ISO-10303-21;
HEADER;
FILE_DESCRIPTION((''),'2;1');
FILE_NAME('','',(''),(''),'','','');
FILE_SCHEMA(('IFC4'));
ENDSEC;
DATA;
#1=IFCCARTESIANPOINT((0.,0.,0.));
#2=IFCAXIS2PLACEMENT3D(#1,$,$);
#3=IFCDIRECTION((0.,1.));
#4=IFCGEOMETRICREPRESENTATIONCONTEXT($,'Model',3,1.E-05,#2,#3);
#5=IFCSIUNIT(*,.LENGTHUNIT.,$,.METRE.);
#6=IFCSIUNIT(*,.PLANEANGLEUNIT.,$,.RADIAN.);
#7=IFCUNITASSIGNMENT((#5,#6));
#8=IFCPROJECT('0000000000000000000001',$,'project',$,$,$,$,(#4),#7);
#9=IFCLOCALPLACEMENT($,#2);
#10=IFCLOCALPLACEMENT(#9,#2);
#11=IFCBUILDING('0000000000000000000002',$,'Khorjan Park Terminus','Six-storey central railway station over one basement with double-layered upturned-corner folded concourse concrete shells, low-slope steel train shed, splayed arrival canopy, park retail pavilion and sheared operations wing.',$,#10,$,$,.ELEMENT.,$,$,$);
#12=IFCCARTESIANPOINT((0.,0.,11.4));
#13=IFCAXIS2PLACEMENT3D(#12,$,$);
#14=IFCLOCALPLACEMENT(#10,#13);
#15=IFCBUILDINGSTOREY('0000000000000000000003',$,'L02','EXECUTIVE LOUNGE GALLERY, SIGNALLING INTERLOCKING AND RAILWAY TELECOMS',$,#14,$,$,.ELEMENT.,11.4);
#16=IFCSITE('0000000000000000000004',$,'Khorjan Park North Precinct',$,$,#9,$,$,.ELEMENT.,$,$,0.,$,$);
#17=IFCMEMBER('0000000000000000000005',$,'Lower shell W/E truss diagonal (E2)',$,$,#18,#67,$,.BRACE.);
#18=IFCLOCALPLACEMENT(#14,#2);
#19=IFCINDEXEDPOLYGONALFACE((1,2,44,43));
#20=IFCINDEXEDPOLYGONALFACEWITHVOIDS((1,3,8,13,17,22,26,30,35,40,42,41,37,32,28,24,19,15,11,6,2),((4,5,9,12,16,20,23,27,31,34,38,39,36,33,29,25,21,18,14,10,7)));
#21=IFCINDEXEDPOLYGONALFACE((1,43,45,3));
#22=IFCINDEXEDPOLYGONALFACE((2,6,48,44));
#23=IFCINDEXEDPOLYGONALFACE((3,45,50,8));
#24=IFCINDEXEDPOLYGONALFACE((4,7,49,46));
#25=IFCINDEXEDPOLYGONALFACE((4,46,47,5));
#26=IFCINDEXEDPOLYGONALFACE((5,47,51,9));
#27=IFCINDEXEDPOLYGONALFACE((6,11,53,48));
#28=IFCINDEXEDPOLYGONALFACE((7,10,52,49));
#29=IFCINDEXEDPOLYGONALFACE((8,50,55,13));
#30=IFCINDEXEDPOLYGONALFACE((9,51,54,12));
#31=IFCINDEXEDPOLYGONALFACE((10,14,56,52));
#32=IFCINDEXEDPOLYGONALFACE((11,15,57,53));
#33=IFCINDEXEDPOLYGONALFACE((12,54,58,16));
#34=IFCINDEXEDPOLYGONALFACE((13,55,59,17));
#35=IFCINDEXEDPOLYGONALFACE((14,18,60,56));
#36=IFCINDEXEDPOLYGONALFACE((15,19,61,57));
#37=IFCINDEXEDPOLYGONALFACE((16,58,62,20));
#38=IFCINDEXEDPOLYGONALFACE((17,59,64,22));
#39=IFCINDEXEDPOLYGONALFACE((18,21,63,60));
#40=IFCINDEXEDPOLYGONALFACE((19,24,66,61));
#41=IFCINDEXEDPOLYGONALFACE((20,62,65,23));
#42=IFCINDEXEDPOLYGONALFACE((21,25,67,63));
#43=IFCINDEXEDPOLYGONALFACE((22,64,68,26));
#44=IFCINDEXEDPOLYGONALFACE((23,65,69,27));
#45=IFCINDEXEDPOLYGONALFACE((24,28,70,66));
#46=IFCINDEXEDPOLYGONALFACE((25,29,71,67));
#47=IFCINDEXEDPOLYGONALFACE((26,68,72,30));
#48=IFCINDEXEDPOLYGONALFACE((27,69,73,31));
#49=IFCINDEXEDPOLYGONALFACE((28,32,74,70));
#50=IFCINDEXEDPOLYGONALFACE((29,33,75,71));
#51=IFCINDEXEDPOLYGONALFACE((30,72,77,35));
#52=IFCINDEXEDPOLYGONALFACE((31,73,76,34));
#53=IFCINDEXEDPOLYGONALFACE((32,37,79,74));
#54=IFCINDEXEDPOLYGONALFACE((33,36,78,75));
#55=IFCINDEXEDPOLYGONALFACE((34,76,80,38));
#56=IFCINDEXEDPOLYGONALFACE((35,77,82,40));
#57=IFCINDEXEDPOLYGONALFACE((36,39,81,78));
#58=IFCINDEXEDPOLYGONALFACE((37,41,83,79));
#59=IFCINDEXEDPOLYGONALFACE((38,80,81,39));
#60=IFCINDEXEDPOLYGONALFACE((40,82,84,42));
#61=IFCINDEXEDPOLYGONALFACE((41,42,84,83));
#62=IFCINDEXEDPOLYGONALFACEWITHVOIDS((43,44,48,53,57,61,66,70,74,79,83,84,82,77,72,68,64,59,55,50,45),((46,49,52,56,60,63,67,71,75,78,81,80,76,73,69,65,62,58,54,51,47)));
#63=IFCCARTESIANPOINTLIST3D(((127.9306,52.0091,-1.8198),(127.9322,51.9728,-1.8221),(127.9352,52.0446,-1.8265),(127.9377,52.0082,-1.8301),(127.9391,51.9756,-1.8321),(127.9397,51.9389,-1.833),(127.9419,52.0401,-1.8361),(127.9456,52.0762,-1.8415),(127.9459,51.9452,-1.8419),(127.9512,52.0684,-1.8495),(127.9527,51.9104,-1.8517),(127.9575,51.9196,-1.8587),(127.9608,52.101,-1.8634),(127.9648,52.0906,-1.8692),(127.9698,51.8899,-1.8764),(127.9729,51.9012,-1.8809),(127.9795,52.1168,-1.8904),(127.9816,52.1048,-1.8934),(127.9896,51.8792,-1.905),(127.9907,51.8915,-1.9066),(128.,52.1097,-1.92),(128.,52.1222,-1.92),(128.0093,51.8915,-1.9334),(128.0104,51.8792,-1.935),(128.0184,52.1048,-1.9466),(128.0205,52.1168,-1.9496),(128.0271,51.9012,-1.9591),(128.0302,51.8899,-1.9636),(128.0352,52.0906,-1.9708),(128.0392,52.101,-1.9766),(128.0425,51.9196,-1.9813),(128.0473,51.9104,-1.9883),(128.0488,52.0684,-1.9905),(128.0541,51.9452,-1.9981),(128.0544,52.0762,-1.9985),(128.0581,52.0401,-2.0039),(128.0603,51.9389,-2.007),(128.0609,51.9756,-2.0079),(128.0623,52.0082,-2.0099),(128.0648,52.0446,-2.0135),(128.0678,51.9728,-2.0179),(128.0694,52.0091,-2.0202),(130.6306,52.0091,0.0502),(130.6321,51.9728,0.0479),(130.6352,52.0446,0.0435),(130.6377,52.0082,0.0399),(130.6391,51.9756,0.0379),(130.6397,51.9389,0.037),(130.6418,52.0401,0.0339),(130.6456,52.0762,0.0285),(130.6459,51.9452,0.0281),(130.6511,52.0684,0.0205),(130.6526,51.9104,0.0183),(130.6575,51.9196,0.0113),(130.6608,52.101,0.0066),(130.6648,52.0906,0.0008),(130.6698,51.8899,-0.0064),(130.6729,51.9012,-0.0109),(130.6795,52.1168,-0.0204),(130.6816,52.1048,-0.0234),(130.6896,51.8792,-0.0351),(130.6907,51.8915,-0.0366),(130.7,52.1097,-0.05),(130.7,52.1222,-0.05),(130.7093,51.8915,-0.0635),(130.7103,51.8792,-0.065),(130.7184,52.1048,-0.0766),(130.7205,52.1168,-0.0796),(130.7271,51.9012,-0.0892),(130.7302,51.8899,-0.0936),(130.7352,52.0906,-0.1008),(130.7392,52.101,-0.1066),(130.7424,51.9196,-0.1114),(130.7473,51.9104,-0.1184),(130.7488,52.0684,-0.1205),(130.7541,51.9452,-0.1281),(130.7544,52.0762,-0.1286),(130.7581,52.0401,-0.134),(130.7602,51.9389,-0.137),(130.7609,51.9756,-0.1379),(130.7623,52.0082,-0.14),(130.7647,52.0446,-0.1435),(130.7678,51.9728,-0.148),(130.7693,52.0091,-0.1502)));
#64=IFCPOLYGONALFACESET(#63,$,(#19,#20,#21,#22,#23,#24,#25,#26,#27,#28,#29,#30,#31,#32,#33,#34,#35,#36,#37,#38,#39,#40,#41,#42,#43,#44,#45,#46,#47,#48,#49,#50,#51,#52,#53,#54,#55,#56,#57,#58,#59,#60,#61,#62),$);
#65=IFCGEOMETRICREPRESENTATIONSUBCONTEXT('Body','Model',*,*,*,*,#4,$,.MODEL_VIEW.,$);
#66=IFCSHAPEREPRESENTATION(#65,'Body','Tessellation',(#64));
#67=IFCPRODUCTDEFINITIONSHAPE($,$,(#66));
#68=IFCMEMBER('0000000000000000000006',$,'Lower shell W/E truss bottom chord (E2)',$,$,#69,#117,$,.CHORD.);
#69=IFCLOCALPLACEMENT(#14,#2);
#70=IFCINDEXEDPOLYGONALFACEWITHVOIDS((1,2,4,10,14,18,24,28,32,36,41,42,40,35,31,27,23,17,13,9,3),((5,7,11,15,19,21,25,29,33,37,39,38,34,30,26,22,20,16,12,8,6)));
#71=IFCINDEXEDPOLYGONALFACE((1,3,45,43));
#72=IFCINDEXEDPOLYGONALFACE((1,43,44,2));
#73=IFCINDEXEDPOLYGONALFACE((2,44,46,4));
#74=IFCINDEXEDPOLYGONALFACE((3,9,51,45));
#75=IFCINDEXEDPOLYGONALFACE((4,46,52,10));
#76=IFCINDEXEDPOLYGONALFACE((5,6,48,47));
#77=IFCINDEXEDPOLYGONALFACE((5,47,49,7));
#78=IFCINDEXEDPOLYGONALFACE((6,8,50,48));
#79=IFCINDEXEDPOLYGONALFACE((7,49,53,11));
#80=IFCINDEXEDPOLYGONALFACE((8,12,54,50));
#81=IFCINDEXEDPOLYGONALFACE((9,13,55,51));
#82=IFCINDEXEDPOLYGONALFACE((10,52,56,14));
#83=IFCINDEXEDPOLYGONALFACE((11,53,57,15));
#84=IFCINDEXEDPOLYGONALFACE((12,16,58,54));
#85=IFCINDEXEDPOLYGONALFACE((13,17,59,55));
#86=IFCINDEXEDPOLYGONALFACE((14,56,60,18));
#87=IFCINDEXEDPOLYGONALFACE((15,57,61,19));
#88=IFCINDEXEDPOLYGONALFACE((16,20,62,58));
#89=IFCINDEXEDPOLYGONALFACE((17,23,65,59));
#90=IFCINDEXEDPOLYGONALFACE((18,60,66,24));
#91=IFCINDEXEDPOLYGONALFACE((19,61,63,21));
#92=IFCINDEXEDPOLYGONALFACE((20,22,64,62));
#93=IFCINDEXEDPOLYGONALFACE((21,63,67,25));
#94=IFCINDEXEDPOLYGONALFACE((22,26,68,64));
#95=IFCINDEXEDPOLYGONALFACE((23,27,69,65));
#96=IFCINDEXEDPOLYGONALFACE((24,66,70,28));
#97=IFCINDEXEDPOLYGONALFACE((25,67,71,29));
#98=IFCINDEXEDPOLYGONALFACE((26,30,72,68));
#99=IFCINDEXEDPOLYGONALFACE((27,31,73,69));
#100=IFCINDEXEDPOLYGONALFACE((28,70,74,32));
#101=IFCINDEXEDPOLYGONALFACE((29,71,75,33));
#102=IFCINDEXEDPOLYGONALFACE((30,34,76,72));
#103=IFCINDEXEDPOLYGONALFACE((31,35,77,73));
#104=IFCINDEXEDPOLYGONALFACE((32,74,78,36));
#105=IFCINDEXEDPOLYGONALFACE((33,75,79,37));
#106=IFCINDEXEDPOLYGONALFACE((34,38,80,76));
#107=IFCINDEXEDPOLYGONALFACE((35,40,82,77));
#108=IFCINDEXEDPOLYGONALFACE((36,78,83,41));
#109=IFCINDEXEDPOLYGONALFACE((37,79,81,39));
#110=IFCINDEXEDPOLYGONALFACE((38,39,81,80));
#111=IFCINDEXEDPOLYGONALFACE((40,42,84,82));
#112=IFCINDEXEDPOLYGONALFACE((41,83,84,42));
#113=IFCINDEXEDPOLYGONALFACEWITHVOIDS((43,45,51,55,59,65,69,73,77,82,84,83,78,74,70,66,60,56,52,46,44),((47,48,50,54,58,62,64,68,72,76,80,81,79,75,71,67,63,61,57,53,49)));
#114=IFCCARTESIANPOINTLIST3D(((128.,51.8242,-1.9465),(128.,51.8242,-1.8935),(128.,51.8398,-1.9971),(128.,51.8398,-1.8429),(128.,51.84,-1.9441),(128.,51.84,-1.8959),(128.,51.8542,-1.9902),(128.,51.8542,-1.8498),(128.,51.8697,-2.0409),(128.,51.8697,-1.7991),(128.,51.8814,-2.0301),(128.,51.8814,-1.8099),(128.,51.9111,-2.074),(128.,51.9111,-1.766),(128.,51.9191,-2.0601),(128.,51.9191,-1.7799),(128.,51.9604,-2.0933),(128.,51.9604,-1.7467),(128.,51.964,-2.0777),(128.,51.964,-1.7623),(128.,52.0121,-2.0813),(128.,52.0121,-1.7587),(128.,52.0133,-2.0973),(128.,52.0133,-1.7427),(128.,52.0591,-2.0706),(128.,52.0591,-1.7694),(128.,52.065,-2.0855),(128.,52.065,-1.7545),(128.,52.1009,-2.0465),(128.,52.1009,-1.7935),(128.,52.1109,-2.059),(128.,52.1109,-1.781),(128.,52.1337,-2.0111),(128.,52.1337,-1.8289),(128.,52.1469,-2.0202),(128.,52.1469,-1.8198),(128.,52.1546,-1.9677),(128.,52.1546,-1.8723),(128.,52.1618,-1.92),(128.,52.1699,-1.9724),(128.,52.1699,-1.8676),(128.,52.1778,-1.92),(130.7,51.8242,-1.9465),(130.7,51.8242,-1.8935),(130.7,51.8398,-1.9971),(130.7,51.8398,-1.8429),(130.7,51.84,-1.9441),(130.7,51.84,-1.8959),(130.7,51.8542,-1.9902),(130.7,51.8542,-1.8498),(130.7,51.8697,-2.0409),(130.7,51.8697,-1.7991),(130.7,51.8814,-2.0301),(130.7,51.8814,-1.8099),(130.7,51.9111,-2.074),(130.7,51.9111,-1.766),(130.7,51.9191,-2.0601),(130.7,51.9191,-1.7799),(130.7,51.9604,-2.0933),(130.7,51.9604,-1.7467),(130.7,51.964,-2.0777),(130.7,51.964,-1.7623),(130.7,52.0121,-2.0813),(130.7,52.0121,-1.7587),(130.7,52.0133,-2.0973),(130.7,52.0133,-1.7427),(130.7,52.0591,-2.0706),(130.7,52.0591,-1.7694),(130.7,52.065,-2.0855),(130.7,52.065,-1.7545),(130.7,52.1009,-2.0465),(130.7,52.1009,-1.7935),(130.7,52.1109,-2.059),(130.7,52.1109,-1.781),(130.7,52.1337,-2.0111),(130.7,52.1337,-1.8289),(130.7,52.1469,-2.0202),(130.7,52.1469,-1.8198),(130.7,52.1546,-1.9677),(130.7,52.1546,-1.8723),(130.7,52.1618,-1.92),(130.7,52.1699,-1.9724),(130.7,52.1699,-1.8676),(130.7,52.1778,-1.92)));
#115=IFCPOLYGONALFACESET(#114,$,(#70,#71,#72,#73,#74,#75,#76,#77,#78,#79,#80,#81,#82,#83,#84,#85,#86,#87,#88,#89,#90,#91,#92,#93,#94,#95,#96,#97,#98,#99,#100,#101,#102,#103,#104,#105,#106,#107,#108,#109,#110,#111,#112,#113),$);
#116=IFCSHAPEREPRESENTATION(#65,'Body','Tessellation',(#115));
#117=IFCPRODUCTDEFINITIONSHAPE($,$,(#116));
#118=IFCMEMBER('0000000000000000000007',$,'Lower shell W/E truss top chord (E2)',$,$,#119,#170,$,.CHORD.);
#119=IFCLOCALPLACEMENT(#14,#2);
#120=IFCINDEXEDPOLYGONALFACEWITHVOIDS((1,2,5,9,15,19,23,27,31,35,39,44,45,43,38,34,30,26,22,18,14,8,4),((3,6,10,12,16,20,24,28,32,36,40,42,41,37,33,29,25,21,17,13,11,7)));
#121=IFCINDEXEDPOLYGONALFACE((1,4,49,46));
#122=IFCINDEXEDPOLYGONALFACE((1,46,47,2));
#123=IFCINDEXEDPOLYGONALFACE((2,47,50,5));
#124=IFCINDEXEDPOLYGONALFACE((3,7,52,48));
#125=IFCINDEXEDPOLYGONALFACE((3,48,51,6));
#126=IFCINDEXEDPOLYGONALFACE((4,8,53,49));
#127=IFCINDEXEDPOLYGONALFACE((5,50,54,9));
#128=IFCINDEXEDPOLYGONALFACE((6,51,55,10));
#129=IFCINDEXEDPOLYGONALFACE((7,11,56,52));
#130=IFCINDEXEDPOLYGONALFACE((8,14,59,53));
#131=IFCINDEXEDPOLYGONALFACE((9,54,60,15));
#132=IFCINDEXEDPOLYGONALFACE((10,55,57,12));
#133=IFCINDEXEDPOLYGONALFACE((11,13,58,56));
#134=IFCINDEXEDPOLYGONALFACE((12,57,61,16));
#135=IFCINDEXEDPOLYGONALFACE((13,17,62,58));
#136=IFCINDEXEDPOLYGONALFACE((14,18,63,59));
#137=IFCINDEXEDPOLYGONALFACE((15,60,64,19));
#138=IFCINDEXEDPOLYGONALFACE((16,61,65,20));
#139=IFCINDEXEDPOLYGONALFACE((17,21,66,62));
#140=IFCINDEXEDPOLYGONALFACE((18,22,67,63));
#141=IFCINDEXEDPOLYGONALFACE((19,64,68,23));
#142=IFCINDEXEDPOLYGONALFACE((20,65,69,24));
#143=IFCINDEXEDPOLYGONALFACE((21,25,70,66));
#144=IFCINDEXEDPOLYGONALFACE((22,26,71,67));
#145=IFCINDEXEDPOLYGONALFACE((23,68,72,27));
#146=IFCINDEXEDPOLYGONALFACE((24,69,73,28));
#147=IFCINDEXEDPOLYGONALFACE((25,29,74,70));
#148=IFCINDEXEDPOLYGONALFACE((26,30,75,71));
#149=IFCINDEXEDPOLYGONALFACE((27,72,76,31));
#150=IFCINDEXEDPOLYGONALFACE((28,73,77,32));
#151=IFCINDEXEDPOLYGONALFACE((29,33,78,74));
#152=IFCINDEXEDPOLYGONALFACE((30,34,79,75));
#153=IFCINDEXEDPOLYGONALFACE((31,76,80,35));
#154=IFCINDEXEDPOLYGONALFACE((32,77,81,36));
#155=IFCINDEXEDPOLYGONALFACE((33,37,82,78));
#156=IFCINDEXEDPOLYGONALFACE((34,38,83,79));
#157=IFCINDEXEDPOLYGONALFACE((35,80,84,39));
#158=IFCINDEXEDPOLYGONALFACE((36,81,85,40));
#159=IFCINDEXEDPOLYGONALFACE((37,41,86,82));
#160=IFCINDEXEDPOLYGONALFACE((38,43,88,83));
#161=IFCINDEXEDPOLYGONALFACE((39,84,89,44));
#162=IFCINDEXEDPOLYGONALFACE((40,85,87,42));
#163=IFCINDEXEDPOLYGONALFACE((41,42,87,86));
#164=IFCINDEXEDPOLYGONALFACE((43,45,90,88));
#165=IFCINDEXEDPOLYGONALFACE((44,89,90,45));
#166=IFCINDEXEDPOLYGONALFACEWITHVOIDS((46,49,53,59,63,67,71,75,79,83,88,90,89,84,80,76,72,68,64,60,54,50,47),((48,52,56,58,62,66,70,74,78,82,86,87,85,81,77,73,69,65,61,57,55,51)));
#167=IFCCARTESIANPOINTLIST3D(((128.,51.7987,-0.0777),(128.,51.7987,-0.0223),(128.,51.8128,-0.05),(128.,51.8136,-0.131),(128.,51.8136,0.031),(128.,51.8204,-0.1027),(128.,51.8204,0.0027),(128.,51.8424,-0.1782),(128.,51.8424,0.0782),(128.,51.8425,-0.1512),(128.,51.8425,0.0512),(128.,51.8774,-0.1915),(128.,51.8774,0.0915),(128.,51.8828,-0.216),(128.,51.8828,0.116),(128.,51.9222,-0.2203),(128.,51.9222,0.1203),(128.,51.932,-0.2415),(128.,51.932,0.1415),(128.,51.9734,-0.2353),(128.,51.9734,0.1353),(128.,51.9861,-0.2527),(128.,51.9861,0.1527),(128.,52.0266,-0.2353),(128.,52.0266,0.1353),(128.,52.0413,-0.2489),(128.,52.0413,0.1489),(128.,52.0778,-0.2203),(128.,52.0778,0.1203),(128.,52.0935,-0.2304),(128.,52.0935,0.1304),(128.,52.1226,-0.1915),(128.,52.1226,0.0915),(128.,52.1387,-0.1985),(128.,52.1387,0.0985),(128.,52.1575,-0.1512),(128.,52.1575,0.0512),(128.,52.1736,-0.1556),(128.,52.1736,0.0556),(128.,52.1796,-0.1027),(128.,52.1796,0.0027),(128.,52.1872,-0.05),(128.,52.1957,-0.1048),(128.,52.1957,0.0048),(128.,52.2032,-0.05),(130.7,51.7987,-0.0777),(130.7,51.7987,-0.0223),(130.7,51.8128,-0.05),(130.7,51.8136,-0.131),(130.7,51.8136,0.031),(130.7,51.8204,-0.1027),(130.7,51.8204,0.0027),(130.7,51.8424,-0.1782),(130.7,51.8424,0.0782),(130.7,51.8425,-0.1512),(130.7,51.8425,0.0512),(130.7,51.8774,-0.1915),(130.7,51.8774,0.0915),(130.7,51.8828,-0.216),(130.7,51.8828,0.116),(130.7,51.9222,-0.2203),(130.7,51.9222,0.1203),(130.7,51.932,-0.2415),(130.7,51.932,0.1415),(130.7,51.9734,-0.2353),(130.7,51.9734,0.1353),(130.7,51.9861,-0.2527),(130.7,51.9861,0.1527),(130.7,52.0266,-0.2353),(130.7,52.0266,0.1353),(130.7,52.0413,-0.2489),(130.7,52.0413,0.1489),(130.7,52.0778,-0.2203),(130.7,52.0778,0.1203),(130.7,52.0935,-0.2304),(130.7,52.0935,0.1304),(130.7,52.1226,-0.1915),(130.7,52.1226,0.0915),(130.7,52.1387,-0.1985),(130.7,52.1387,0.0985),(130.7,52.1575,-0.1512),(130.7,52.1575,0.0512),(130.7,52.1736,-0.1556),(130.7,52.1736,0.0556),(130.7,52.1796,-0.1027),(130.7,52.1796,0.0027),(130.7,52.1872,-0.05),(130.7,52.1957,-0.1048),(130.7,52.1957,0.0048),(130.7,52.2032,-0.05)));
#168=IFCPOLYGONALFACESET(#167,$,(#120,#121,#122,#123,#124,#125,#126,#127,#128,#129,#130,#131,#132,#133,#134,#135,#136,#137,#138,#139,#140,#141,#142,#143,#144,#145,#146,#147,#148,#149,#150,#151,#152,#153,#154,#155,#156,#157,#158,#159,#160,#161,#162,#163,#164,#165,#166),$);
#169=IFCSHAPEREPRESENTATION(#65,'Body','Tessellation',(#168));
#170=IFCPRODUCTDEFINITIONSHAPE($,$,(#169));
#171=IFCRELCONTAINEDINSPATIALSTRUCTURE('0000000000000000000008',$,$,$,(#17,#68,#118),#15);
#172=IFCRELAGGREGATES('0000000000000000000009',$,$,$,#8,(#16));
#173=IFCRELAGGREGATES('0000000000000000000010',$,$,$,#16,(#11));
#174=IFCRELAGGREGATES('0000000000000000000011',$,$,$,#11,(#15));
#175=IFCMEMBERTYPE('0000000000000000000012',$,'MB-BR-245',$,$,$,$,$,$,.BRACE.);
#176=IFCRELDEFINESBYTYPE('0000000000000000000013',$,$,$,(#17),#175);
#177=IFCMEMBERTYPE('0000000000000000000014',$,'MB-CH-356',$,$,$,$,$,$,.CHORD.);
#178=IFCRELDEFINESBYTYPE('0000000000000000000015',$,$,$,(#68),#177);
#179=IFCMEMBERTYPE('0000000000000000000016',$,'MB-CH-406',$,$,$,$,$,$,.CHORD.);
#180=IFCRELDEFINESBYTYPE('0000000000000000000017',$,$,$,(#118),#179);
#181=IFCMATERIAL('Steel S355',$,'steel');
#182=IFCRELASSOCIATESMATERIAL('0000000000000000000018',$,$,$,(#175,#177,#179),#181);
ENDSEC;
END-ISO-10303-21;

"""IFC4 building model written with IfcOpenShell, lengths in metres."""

from ifc_helpers import new_model, si_unit, direction, frame, origin, origin_2d, place, context, subcontext, project, spatial, hollow_circle, extrude, material, material_profile, profile_set, type_object, element, save


model = new_model("IFC4")

# Units and contexts
model_context = context("Model", 3, precision=1e-05, world=origin(), true_north=direction((0.0, 1.0)))
body_context = subcontext(model_context, "Body", "Model", "MODEL_VIEW")
ifc_project = project(units=[si_unit("LENGTHUNIT", "METRE"), si_unit("PLANEANGLEUNIT", "RADIAN")], contexts=[model_context])

# Site, building, storey
site_placement = place(None, origin())
site = spatial("IfcSite", under=ifc_project, at=site_placement, Name="Khorjan Park North Precinct", CompositionType="ELEMENT", RefElevation=0.0)
building_placement = place(site_placement, origin())
building = spatial("IfcBuilding", under=site, at=building_placement, Name="Khorjan Park Terminus", Description="Six-storey central railway station over one basement with double-layered upturned-corner folded concourse concrete shells, low-slope steel train shed, splayed arrival canopy, park retail pavilion and sheared operations wing.", CompositionType="ELEMENT")
storey_placement = place(building_placement, frame((0.0, 0.0, 11.4)))
storey = spatial("IfcBuildingStorey", under=building, at=storey_placement, Name="L02", Description="EXECUTIVE LOUNGE GALLERY, SIGNALLING INTERLOCKING AND RAILWAY TELECOMS", CompositionType="ELEMENT", Elevation=11.4)

# Shared definitions
ifc_material_1 = material(Name="Steel S355", Category="steel")

# Members
ifc_material_profile_1 = material_profile(ifc_material_1, hollow_circle(Radius=0.1222, WallThickness=0.0125, at=origin_2d()), Name="CHS 244.5x12.5")
ifc_profile_set_1 = profile_set([ifc_material_profile_1], Name="Steel S355")
member_type_1 = type_object("IfcMemberType", Name="MB-BR-245", PredefinedType="BRACE", material=ifc_profile_set_1)
member_1_placement = place(storey_placement, frame((128.0, 52.0, -1.92), z_axis=(0.822083, 0.0, 0.569368), x_axis=(0.0, 1.0, 0.0)))
element("IfcMember", 1, at=member_1_placement, inside=storey, type_object=member_type_1, Name="Lower shell W/E truss diagonal (E2)", PredefinedType="BRACE", context=body_context, shape_type="SweptSolid", body=[
    extrude(hollow_circle(Radius=0.1222, WallThickness=0.0125, at=origin_2d()), origin(), (0.0, 0.0, 1.0), 3.2843),
])
ifc_material_profile_2 = material_profile(ifc_material_1, hollow_circle(Radius=0.1778, WallThickness=0.016, at=origin_2d()), Name="CHS 355.6x16")
ifc_profile_set_2 = profile_set([ifc_material_profile_2], Name="Steel S355")
member_type_2 = type_object("IfcMemberType", Name="MB-CH-356", PredefinedType="CHORD", material=ifc_profile_set_2)
member_2_placement = place(storey_placement, frame((128.0, 52.0, -1.92), z_axis=(1.0, 0.0, 0.0), x_axis=(0.0, 1.0, 0.0)))
element("IfcMember", 2, at=member_2_placement, inside=storey, type_object=member_type_2, Name="Lower shell W/E truss bottom chord (E2)", PredefinedType="CHORD", context=body_context, shape_type="SweptSolid", body=[
    extrude(hollow_circle(Radius=0.1778, WallThickness=0.016, at=origin_2d()), origin(), (0.0, 0.0, 1.0), 2.7),
])
ifc_material_profile_3 = material_profile(ifc_material_1, hollow_circle(Radius=0.2032, WallThickness=0.016, at=origin_2d()), Name="CHS 406.4x16")
ifc_profile_set_3 = profile_set([ifc_material_profile_3], Name="Steel S355")
member_type_3 = type_object("IfcMemberType", Name="MB-CH-406", PredefinedType="CHORD", material=ifc_profile_set_3)
member_3_placement = place(storey_placement, frame((128.0, 52.0, -0.05), z_axis=(1.0, 0.0, 0.0), x_axis=(0.0, 1.0, 0.0)))
element("IfcMember", 3, at=member_3_placement, inside=storey, type_object=member_type_3, Name="Lower shell W/E truss top chord (E2)", PredefinedType="CHORD", context=body_context, shape_type="SweptSolid", body=[
    extrude(hollow_circle(Radius=0.2032, WallThickness=0.016, at=origin_2d()), origin(), (0.0, 0.0, 1.0), 2.7),
])

save(model, "model.ifc")
